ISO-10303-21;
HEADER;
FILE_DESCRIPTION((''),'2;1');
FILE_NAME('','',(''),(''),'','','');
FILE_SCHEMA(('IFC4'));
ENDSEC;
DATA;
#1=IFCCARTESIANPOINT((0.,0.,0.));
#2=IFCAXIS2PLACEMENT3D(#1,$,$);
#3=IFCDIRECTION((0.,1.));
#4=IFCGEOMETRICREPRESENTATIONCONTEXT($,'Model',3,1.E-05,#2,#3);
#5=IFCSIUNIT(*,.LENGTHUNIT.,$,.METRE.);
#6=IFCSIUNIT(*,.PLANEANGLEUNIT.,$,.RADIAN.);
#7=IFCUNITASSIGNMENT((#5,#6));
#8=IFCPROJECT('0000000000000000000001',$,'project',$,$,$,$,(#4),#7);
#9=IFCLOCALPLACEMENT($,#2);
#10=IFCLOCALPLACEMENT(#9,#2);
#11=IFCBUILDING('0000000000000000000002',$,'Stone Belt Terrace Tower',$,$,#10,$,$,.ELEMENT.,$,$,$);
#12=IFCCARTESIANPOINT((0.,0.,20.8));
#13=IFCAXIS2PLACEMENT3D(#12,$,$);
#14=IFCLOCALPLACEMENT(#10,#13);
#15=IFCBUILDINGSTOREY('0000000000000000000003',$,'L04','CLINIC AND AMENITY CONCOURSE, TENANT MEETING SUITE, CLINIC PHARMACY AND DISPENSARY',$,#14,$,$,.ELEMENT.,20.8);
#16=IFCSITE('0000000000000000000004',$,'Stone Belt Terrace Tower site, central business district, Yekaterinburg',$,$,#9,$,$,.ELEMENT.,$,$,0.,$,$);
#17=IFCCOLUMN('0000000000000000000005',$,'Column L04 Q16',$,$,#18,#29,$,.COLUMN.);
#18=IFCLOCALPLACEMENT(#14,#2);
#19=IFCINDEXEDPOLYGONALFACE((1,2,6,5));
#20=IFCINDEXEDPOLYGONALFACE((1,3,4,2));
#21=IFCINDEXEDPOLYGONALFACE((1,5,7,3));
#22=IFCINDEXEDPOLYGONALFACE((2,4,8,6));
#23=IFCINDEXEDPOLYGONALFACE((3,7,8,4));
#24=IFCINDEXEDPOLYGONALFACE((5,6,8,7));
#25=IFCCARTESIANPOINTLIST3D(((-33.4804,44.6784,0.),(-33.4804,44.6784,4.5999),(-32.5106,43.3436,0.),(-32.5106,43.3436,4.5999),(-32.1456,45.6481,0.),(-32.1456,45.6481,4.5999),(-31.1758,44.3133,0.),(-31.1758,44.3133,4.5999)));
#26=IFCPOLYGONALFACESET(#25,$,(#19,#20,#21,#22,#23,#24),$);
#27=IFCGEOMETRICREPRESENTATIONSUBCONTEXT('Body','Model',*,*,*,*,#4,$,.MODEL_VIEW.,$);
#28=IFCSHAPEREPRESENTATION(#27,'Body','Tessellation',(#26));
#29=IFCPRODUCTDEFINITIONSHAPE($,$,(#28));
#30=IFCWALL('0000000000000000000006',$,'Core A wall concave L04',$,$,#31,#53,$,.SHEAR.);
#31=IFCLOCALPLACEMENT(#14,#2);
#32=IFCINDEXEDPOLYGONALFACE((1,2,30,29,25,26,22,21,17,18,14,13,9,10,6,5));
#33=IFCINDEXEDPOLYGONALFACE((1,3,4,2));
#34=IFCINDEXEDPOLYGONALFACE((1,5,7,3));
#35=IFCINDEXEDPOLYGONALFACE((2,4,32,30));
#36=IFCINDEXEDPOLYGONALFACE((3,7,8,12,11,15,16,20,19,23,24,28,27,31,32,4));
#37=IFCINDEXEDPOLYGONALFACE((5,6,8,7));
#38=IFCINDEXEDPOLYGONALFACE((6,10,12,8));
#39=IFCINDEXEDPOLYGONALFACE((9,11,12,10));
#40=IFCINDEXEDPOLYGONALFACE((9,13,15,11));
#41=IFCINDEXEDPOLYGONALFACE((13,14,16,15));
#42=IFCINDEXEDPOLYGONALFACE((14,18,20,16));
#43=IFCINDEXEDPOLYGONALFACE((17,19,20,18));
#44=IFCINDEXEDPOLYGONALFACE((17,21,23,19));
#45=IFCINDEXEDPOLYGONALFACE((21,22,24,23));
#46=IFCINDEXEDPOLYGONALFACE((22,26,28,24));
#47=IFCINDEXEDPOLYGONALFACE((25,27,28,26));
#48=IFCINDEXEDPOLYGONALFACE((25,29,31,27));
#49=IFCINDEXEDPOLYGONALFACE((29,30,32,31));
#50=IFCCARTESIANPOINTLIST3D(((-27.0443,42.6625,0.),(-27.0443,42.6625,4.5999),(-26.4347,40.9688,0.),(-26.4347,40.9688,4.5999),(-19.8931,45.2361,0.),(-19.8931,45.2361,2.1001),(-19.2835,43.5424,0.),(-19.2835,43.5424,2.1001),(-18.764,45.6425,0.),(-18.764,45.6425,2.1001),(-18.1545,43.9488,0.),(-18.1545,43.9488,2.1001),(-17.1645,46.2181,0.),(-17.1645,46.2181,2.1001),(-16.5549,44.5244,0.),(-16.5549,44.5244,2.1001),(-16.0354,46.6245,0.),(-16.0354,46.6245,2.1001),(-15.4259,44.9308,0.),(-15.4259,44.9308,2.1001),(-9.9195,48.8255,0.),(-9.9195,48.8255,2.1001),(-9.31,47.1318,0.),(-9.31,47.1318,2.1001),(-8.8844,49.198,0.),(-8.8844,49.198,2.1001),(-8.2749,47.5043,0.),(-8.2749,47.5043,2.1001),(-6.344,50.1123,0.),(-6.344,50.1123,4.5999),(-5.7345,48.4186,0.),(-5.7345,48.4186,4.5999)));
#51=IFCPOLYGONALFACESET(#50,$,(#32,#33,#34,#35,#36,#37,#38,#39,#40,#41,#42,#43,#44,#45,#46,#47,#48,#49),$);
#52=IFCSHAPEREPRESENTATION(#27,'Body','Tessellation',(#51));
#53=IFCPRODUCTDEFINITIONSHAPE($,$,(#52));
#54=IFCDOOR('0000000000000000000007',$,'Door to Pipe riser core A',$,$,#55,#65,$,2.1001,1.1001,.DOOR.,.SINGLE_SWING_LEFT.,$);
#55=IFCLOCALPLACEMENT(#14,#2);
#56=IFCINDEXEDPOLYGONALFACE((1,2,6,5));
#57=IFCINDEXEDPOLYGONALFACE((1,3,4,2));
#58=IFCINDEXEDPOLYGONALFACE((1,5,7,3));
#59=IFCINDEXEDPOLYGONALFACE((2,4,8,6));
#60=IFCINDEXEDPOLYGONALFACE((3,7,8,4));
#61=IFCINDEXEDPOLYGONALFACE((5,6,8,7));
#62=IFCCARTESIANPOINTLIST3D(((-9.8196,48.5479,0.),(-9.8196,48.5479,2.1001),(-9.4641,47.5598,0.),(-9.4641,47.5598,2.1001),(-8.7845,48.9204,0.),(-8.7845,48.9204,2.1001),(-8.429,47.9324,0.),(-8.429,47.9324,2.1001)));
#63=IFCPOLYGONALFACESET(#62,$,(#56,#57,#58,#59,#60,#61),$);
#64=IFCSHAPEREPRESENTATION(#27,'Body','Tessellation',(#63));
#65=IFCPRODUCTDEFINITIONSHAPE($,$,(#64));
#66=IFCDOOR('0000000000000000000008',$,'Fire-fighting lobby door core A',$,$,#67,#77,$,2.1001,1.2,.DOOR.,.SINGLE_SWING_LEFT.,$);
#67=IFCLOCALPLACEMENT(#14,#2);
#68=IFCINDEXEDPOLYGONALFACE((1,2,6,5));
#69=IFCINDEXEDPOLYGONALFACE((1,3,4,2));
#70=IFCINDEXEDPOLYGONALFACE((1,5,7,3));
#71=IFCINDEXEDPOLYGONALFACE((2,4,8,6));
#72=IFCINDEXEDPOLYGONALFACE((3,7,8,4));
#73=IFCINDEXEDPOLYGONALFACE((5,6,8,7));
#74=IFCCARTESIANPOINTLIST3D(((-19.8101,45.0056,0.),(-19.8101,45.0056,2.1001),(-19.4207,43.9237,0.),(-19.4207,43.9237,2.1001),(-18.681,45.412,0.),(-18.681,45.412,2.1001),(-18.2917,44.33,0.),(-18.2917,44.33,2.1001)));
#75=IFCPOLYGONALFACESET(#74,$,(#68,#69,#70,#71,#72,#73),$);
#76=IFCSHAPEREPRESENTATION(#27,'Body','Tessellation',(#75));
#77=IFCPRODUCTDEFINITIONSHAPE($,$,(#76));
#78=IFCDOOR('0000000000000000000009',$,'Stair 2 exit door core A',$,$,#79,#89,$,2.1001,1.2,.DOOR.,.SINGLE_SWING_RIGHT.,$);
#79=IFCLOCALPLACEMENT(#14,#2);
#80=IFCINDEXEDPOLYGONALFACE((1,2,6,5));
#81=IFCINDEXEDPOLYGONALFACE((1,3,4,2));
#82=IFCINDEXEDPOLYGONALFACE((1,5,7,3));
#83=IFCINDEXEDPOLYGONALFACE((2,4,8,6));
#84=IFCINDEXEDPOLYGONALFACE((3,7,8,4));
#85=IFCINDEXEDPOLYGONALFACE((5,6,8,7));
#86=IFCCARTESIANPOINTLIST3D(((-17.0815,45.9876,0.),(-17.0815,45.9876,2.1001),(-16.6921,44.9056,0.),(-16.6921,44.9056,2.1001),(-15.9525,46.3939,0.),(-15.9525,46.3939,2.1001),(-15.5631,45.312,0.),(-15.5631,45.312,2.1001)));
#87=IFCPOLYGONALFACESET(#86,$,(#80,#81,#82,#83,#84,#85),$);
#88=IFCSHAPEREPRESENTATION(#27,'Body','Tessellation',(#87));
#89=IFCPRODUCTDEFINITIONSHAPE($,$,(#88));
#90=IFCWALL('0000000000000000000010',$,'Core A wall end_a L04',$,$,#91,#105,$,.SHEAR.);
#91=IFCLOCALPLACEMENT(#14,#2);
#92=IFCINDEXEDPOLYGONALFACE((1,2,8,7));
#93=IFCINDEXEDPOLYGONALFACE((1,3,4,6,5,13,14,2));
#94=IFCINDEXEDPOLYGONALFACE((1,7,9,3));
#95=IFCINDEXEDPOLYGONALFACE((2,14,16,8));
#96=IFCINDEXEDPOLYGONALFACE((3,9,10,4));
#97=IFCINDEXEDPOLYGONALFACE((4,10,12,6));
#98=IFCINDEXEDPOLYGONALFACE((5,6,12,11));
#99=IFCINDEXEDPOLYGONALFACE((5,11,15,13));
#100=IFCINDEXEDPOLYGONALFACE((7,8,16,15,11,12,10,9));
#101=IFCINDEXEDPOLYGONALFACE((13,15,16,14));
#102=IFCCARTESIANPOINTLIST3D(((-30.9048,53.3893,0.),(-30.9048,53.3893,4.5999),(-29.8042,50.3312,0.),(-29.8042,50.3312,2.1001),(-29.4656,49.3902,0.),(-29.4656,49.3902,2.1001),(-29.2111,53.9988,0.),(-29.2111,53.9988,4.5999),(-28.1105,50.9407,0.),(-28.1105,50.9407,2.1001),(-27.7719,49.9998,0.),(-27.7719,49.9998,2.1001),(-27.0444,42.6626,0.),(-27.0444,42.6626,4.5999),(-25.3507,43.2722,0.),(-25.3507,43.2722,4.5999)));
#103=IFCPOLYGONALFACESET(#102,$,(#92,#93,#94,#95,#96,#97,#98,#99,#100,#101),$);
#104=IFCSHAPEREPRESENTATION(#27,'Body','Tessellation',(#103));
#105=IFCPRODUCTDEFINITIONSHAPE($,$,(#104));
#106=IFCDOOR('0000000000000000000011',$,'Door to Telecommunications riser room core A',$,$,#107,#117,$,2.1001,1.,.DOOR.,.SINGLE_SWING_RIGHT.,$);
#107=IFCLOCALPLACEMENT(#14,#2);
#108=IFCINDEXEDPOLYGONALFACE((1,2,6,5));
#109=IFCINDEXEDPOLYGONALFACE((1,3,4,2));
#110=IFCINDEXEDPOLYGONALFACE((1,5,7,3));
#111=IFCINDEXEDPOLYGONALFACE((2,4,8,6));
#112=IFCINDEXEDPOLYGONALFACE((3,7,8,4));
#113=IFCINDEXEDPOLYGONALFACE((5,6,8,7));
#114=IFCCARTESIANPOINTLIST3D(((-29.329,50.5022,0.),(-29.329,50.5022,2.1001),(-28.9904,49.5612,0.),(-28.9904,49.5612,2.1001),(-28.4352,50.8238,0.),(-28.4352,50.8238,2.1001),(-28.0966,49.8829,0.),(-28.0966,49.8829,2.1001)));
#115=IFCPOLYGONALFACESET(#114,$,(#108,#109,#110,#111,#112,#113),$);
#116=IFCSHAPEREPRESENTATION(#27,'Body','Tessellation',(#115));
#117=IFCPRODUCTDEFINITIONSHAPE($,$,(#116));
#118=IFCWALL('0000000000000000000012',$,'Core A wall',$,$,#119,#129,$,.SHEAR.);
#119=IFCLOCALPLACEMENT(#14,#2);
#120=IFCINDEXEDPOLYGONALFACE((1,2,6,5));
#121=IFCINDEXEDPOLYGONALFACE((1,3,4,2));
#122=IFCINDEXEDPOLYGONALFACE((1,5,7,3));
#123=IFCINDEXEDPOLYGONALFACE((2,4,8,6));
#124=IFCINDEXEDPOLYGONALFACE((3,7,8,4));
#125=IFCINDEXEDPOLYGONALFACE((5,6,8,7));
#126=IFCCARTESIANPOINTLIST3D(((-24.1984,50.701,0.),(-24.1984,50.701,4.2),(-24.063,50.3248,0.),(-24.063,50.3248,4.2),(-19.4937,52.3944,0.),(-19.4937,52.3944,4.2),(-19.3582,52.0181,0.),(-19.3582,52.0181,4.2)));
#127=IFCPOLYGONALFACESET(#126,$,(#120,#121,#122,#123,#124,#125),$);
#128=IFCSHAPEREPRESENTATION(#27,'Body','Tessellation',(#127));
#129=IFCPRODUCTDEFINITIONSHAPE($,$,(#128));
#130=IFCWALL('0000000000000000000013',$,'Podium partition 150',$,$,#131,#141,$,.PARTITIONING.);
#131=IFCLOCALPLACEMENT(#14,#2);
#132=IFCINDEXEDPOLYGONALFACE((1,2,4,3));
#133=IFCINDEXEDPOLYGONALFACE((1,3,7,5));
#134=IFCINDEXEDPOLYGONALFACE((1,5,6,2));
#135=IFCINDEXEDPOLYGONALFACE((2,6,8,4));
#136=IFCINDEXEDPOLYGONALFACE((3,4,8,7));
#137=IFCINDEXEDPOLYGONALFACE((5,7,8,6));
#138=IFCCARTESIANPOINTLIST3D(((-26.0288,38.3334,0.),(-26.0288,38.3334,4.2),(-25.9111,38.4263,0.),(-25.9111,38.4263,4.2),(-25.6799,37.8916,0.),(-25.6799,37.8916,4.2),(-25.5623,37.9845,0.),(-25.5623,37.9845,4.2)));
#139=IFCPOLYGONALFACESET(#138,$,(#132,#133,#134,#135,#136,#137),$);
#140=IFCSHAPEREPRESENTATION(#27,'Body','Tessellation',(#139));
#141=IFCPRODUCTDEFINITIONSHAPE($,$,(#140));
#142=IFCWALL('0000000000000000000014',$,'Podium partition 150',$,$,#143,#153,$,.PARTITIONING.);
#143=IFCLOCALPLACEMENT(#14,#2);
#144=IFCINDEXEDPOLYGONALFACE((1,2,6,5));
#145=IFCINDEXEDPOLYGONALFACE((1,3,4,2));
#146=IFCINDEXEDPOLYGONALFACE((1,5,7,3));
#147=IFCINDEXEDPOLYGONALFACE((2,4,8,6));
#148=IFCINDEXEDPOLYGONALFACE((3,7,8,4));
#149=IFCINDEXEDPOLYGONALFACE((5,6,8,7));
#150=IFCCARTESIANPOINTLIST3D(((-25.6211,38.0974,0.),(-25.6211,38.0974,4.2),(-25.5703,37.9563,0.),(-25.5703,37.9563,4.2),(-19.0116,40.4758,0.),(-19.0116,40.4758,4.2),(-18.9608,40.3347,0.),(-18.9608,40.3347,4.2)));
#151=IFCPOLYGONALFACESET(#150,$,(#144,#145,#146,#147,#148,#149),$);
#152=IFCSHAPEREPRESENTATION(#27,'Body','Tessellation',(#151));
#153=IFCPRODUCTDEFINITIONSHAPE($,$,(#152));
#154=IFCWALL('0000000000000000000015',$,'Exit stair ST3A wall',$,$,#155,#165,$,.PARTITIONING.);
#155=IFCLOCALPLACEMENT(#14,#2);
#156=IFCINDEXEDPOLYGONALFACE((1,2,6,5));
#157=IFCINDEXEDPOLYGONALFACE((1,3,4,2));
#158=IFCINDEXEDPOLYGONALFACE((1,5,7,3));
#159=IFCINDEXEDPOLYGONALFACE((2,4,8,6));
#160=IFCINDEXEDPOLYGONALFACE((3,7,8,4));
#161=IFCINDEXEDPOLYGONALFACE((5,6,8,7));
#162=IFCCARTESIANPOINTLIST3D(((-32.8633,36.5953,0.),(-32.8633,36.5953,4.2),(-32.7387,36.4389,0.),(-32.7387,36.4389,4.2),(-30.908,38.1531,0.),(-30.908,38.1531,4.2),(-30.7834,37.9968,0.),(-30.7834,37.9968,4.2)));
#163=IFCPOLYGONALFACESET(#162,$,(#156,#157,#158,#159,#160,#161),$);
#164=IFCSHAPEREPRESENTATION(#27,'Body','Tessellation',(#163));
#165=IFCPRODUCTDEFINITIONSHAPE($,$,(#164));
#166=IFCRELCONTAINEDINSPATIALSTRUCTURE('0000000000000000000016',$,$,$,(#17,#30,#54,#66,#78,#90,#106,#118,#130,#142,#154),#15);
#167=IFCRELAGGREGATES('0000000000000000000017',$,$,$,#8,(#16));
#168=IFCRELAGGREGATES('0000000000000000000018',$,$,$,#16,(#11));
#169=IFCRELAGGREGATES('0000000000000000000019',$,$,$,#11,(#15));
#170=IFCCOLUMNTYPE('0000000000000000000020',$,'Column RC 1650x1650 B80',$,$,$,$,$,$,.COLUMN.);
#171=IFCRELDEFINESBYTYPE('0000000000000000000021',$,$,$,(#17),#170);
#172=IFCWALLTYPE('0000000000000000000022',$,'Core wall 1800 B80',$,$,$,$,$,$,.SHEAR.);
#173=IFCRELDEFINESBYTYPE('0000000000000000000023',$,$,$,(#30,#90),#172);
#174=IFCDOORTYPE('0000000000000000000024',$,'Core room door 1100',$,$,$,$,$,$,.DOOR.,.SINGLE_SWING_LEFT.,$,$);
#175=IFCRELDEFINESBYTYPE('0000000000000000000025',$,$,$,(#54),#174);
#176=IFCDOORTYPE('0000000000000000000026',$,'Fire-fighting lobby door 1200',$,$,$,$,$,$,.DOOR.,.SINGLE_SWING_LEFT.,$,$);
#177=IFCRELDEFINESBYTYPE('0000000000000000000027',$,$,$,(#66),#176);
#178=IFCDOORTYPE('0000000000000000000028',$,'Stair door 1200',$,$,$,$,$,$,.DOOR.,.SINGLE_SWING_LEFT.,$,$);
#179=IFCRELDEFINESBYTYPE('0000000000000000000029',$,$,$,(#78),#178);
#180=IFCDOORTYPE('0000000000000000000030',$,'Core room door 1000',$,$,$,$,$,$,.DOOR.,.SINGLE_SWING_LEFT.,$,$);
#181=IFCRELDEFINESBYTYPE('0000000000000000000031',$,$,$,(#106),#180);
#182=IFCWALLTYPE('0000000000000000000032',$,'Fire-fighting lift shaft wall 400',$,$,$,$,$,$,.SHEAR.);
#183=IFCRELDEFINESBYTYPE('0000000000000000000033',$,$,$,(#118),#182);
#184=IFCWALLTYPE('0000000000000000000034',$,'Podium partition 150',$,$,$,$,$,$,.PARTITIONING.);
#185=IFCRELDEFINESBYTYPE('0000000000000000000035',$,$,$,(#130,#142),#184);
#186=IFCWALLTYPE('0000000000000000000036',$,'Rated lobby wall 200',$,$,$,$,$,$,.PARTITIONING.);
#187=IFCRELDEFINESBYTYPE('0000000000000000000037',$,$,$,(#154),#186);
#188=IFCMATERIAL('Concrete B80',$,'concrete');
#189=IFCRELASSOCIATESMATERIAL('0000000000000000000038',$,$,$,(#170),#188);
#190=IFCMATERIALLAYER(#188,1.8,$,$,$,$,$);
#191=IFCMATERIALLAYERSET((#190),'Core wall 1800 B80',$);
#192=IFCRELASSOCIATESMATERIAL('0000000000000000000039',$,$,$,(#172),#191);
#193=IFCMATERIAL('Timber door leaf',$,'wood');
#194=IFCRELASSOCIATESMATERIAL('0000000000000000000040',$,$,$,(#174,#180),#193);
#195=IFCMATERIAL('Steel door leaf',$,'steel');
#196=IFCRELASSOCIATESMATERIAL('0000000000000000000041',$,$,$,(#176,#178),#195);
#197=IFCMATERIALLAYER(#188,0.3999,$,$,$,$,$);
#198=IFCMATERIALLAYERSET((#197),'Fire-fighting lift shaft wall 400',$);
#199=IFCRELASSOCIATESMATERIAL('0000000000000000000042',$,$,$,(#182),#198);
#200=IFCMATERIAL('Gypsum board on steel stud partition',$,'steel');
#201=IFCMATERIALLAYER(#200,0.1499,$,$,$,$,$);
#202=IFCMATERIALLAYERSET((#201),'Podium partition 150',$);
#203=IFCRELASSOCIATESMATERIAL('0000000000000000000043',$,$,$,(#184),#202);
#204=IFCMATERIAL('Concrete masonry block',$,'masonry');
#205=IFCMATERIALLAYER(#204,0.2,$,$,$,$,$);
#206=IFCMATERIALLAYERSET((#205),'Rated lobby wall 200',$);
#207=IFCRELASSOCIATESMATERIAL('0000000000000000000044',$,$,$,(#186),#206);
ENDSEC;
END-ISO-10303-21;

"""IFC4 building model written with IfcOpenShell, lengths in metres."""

from ifc_helpers import new_model, si_unit, direction, frame, frame_2d, origin, origin_2d, place, context, subcontext, project, spatial, rectangle, extrude, material, layer, layer_set, material_profile, profile_set, type_object, element, fill, save


model = new_model("IFC4")

# Units and contexts
model_context = context("Model", 3, precision=1e-05, world=origin(), true_north=direction((0.0, 1.0)))
body_context = subcontext(model_context, "Body", "Model", "MODEL_VIEW")
ifc_project = project(units=[si_unit("LENGTHUNIT", "METRE"), si_unit("PLANEANGLEUNIT", "RADIAN")], contexts=[model_context])

# Site, building, storey
site_placement = place(None, origin())
site = spatial("IfcSite", under=ifc_project, at=site_placement, Name="Stone Belt Terrace Tower site, central business district, Yekaterinburg", CompositionType="ELEMENT", RefElevation=0.0)
building_placement = place(site_placement, origin())
building = spatial("IfcBuilding", under=site, at=building_placement, Name="Stone Belt Terrace Tower", CompositionType="ELEMENT")
storey_placement = place(building_placement, frame((0.0, 0.0, 20.8)))
storey = spatial("IfcBuildingStorey", under=building, at=storey_placement, Name="L04", Description="CLINIC AND AMENITY CONCOURSE, TENANT MEETING SUITE, CLINIC PHARMACY AND DISPENSARY", CompositionType="ELEMENT", Elevation=20.8)

# Column
ifc_material_1 = material(Name="Concrete B80", Category="concrete")
ifc_material_profile = material_profile(ifc_material_1, rectangle(XDim=1.6499, YDim=1.6499, at=origin_2d()), Name="RC 1650x1650")
ifc_profile_set = profile_set([ifc_material_profile], Name="Concrete B80")
column_type = type_object("IfcColumnType", Name="Column RC 1650x1650 B80", PredefinedType="COLUMN", material=ifc_profile_set)
column_placement = place(storey_placement, frame((-32.3281, 44.4958, 0.0), z_axis=(0.0, 0.0, 1.0), x_axis=(0.809017, 0.587785, 0.0)))
element("IfcColumn", 1, at=column_placement, inside=storey, type_object=column_type, Name="Column L04 Q16", PredefinedType="COLUMN", context=body_context, shape_type="SweptSolid", body=[
    extrude(rectangle(XDim=1.6499, YDim=1.6499, at=origin_2d()), origin(), (0.0, 0.0, 1.0), 4.5999),
])

# Wall, openings, doors
ifc_layer_1 = layer(ifc_material_1, 1.8)
ifc_layer_set_1 = layer_set([ifc_layer_1], Name="Core wall 1800 B80")
wall_type_1 = type_object("IfcWallType", Name="Core wall 1800 B80", PredefinedType="SHEAR", material=ifc_layer_set_1)
wall_1_placement = place(storey_placement, frame((-26.7395, 41.8157, 0.0), z_axis=(0.0, 0.0, 1.0), x_axis=(0.940922, 0.338624, 0.0)))
wall_1 = element("IfcWall", 2, at=wall_1_placement, inside=storey, type_object=wall_type_1, Name="Core A wall concave L04", PredefinedType="SHEAR", context=body_context, shape_type="SweptSolid", body=[
    extrude(rectangle(XDim=22.0, YDim=1.8, at=frame_2d((11.0, 0.0))), origin(), (0.0, 0.0, 1.0), 4.5999),
])
opening_1_placement = place(wall_1_placement, frame((7.6001, 0.0, 0.0)))
opening_1 = element("IfcOpeningElement", 3, at=opening_1_placement, cuts=wall_1, PredefinedType="OPENING", context=body_context, shape_type="SweptSolid", body=[
    extrude(rectangle(XDim=1.2, YDim=2.1001, at=frame_2d((0.6001, 1.05))), frame((0.0, 0.9099, 0.0), z_axis=(0.0, -1.0, 0.0), x_axis=(1.0, 0.0, 0.0)), (0.0, 0.0, 1.0), 1.8201),
])
opening_2_placement = place(wall_1_placement, frame((10.5, 0.0, 0.0)))
opening_2 = element("IfcOpeningElement", 4, at=opening_2_placement, cuts=wall_1, PredefinedType="OPENING", context=body_context, shape_type="SweptSolid", body=[
    extrude(rectangle(XDim=1.2, YDim=2.1001, at=frame_2d((0.6001, 1.05))), frame((0.0, 0.9099, 0.0), z_axis=(0.0, -1.0, 0.0), x_axis=(1.0, 0.0, 0.0)), (0.0, 0.0, 1.0), 1.8201),
])
opening_3_placement = place(wall_1_placement, frame((18.2, 0.0, 0.0)))
opening_3 = element("IfcOpeningElement", 5, at=opening_3_placement, cuts=wall_1, PredefinedType="OPENING", context=body_context, shape_type="SweptSolid", body=[
    extrude(rectangle(XDim=1.1001, YDim=2.1001, at=frame_2d((0.55, 1.05))), frame((0.0, 0.9099, 0.0), z_axis=(0.0, -1.0, 0.0), x_axis=(1.0, 0.0, 0.0)), (0.0, 0.0, 1.0), 1.8201),
])
ifc_material_2 = material(Name="Timber door leaf", Category="wood")
door_type_1 = type_object("IfcDoorType", Name="Core room door 1100", OperationType="SINGLE_SWING_LEFT", PredefinedType="DOOR", material=ifc_material_2)
door_1_placement = place(opening_3_placement, origin())
door_1 = element("IfcDoor", 6, at=door_1_placement, inside=storey, type_object=door_type_1, Name="Door to Pipe riser core A", OperationType="SINGLE_SWING_LEFT", OverallHeight=2.1001, OverallWidth=1.1001, PredefinedType="DOOR", context=body_context, shape_type="SweptSolid", body=[
    extrude(rectangle(XDim=1.1001, YDim=2.1001, at=frame_2d((0.55, 1.05))), frame((0.0, 0.605, 0.0), z_axis=(0.0, -1.0, 0.0), x_axis=(1.0, 0.0, 0.0)), (0.0, 0.0, 1.0), 1.05),
])
fill(opening_3, door_1)
ifc_material_3 = material(Name="Steel door leaf", Category="steel")
door_type_2 = type_object("IfcDoorType", Name="Fire-fighting lobby door 1200", OperationType="SINGLE_SWING_LEFT", PredefinedType="DOOR", material=ifc_material_3)
door_2_placement = place(opening_1_placement, origin())
door_2 = element("IfcDoor", 7, at=door_2_placement, inside=storey, type_object=door_type_2, Name="Fire-fighting lobby door core A", OperationType="SINGLE_SWING_LEFT", OverallHeight=2.1001, OverallWidth=1.2, PredefinedType="DOOR", context=body_context, shape_type="SweptSolid", body=[
    extrude(rectangle(XDim=1.2, YDim=2.1001, at=frame_2d((0.6001, 1.05))), frame((0.0, 0.655, 0.0), z_axis=(0.0, -1.0, 0.0), x_axis=(1.0, 0.0, 0.0)), (0.0, 0.0, 1.0), 1.1499),
])
fill(opening_1, door_2)
door_type_3 = type_object("IfcDoorType", Name="Stair door 1200", OperationType="SINGLE_SWING_LEFT", PredefinedType="DOOR", material=ifc_material_3)
door_3_placement = place(opening_2_placement, origin())
door_3 = element("IfcDoor", 8, at=door_3_placement, inside=storey, type_object=door_type_3, Name="Stair 2 exit door core A", OperationType="SINGLE_SWING_RIGHT", OverallHeight=2.1001, OverallWidth=1.2, PredefinedType="DOOR", context=body_context, shape_type="SweptSolid", body=[
    extrude(rectangle(XDim=1.2, YDim=2.1001, at=frame_2d((0.6001, 1.05))), frame((0.0, 0.655, 0.0), z_axis=(0.0, -1.0, 0.0), x_axis=(1.0, 0.0, 0.0)), (0.0, 0.0, 1.0), 1.1499),
])
fill(opening_2, door_3)

# Wall, opening, door
wall_2_placement = place(storey_placement, frame((-26.1975, 42.9673, 0.0), z_axis=(0.0, 0.0, 1.0), x_axis=(-0.338625, 0.940921, 0.0)))
wall_2 = element("IfcWall", 9, at=wall_2_placement, inside=storey, type_object=wall_type_1, Name="Core A wall end_a L04", PredefinedType="SHEAR", context=body_context, shape_type="SweptSolid", body=[
    extrude(rectangle(XDim=11.4001, YDim=1.8, at=frame_2d((5.7002, 0.0))), origin(), (0.0, 0.0, 1.0), 4.5999),
])
opening_4_placement = place(wall_2_placement, frame((7.1501, 0.0, 0.0)))
opening_4 = element("IfcOpeningElement", 10, at=opening_4_placement, cuts=wall_2, PredefinedType="OPENING", context=body_context, shape_type="SweptSolid", body=[
    extrude(rectangle(XDim=1.0, YDim=2.1001, at=frame_2d((0.5, 1.05))), frame((0.0, 0.9099, 0.0), z_axis=(0.0, -1.0, 0.0), x_axis=(1.0, 0.0, 0.0)), (0.0, 0.0, 1.0), 1.8201),
])
door_type_4 = type_object("IfcDoorType", Name="Core room door 1000", OperationType="SINGLE_SWING_LEFT", PredefinedType="DOOR", material=ifc_material_2)
door_4_placement = place(opening_4_placement, origin())
door_4 = element("IfcDoor", 11, at=door_4_placement, inside=storey, type_object=door_type_4, Name="Door to Telecommunications riser room core A", OperationType="SINGLE_SWING_RIGHT", OverallHeight=2.1001, OverallWidth=1.0, PredefinedType="DOOR", context=body_context, shape_type="SweptSolid", body=[
    extrude(rectangle(XDim=1.0, YDim=2.1001, at=frame_2d((0.5, 1.05))), frame((0.0, 0.395, 0.0), z_axis=(0.0, -1.0, 0.0), x_axis=(1.0, 0.0, 0.0)), (0.0, 0.0, 1.0), 0.95),
])
fill(opening_4, door_4)

# Walls
ifc_layer_2 = layer(ifc_material_1, 0.3999)
ifc_layer_set_2 = layer_set([ifc_layer_2], Name="Fire-fighting lift shaft wall 400")
wall_type_2 = type_object("IfcWallType", Name="Fire-fighting lift shaft wall 400", PredefinedType="SHEAR", material=ifc_layer_set_2)
wall_3_placement = place(storey_placement, frame((-24.1306, 50.5129, 0.0), z_axis=(0.0, 0.0, 1.0), x_axis=(0.940912, 0.338652, 0.0)))
element("IfcWall", 12, at=wall_3_placement, inside=storey, type_object=wall_type_2, Name="Core A wall", PredefinedType="SHEAR", context=body_context, shape_type="SweptSolid", body=[
    extrude(rectangle(XDim=5.0002, YDim=0.3999, at=frame_2d((2.5, 0.0))), origin(), (0.0, 0.0, 1.0), 4.2),
])
ifc_material_4 = material(Name="Gypsum board on steel stud partition", Category="steel")
ifc_layer_3 = layer(ifc_material_4, 0.1499)
ifc_layer_set_3 = layer_set([ifc_layer_3], Name="Podium partition 150")
wall_type_3 = type_object("IfcWallType", Name="Podium partition 150", PredefinedType="PARTITIONING", material=ifc_layer_set_3)
wall_4_placement = place(storey_placement, frame((-25.97, 38.3799, 0.0), z_axis=(0.0, 0.0, 1.0), x_axis=(0.619658, -0.784872, 0.0)))
element("IfcWall", 13, at=wall_4_placement, inside=storey, type_object=wall_type_3, Name="Podium partition 150", PredefinedType="PARTITIONING", context=body_context, shape_type="SweptSolid", body=[
    extrude(rectangle(XDim=0.563, YDim=0.1499, at=frame_2d((0.2815, 0.0))), origin(), (0.0, 0.0, 1.0), 4.2),
])
wall_5_placement = place(storey_placement, frame((-25.5957, 38.0269, 0.0), z_axis=(0.0, 0.0, 1.0), x_axis=(0.940935, 0.338588, 0.0)))
element("IfcWall", 14, at=wall_5_placement, inside=storey, type_object=wall_type_3, Name="Podium partition 150", PredefinedType="PARTITIONING", context=body_context, shape_type="SweptSolid", body=[
    extrude(rectangle(XDim=7.0244, YDim=0.1499, at=frame_2d((3.5122, 0.0))), origin(), (0.0, 0.0, 1.0), 4.2),
])
ifc_material_5 = material(Name="Concrete masonry block", Category="masonry")
ifc_layer_4 = layer(ifc_material_5, 0.2)
ifc_layer_set_4 = layer_set([ifc_layer_4], Name="Rated lobby wall 200")
wall_type_4 = type_object("IfcWallType", Name="Rated lobby wall 200", PredefinedType="PARTITIONING", material=ifc_layer_set_4)
wall_6_placement = place(storey_placement, frame((-30.8457, 38.075, 0.0), z_axis=(0.0, 0.0, 1.0), x_axis=(-0.782115, -0.623134, 0.0)))
element("IfcWall", 15, at=wall_6_placement, inside=storey, type_object=wall_type_4, Name="Exit stair ST3A wall", PredefinedType="PARTITIONING", context=body_context, shape_type="SweptSolid", body=[
    extrude(rectangle(XDim=2.5, YDim=0.2, at=frame_2d((1.25, 0.0))), origin(), (0.0, 0.0, 1.0), 4.2),
])

save(model, "model.ifc")
